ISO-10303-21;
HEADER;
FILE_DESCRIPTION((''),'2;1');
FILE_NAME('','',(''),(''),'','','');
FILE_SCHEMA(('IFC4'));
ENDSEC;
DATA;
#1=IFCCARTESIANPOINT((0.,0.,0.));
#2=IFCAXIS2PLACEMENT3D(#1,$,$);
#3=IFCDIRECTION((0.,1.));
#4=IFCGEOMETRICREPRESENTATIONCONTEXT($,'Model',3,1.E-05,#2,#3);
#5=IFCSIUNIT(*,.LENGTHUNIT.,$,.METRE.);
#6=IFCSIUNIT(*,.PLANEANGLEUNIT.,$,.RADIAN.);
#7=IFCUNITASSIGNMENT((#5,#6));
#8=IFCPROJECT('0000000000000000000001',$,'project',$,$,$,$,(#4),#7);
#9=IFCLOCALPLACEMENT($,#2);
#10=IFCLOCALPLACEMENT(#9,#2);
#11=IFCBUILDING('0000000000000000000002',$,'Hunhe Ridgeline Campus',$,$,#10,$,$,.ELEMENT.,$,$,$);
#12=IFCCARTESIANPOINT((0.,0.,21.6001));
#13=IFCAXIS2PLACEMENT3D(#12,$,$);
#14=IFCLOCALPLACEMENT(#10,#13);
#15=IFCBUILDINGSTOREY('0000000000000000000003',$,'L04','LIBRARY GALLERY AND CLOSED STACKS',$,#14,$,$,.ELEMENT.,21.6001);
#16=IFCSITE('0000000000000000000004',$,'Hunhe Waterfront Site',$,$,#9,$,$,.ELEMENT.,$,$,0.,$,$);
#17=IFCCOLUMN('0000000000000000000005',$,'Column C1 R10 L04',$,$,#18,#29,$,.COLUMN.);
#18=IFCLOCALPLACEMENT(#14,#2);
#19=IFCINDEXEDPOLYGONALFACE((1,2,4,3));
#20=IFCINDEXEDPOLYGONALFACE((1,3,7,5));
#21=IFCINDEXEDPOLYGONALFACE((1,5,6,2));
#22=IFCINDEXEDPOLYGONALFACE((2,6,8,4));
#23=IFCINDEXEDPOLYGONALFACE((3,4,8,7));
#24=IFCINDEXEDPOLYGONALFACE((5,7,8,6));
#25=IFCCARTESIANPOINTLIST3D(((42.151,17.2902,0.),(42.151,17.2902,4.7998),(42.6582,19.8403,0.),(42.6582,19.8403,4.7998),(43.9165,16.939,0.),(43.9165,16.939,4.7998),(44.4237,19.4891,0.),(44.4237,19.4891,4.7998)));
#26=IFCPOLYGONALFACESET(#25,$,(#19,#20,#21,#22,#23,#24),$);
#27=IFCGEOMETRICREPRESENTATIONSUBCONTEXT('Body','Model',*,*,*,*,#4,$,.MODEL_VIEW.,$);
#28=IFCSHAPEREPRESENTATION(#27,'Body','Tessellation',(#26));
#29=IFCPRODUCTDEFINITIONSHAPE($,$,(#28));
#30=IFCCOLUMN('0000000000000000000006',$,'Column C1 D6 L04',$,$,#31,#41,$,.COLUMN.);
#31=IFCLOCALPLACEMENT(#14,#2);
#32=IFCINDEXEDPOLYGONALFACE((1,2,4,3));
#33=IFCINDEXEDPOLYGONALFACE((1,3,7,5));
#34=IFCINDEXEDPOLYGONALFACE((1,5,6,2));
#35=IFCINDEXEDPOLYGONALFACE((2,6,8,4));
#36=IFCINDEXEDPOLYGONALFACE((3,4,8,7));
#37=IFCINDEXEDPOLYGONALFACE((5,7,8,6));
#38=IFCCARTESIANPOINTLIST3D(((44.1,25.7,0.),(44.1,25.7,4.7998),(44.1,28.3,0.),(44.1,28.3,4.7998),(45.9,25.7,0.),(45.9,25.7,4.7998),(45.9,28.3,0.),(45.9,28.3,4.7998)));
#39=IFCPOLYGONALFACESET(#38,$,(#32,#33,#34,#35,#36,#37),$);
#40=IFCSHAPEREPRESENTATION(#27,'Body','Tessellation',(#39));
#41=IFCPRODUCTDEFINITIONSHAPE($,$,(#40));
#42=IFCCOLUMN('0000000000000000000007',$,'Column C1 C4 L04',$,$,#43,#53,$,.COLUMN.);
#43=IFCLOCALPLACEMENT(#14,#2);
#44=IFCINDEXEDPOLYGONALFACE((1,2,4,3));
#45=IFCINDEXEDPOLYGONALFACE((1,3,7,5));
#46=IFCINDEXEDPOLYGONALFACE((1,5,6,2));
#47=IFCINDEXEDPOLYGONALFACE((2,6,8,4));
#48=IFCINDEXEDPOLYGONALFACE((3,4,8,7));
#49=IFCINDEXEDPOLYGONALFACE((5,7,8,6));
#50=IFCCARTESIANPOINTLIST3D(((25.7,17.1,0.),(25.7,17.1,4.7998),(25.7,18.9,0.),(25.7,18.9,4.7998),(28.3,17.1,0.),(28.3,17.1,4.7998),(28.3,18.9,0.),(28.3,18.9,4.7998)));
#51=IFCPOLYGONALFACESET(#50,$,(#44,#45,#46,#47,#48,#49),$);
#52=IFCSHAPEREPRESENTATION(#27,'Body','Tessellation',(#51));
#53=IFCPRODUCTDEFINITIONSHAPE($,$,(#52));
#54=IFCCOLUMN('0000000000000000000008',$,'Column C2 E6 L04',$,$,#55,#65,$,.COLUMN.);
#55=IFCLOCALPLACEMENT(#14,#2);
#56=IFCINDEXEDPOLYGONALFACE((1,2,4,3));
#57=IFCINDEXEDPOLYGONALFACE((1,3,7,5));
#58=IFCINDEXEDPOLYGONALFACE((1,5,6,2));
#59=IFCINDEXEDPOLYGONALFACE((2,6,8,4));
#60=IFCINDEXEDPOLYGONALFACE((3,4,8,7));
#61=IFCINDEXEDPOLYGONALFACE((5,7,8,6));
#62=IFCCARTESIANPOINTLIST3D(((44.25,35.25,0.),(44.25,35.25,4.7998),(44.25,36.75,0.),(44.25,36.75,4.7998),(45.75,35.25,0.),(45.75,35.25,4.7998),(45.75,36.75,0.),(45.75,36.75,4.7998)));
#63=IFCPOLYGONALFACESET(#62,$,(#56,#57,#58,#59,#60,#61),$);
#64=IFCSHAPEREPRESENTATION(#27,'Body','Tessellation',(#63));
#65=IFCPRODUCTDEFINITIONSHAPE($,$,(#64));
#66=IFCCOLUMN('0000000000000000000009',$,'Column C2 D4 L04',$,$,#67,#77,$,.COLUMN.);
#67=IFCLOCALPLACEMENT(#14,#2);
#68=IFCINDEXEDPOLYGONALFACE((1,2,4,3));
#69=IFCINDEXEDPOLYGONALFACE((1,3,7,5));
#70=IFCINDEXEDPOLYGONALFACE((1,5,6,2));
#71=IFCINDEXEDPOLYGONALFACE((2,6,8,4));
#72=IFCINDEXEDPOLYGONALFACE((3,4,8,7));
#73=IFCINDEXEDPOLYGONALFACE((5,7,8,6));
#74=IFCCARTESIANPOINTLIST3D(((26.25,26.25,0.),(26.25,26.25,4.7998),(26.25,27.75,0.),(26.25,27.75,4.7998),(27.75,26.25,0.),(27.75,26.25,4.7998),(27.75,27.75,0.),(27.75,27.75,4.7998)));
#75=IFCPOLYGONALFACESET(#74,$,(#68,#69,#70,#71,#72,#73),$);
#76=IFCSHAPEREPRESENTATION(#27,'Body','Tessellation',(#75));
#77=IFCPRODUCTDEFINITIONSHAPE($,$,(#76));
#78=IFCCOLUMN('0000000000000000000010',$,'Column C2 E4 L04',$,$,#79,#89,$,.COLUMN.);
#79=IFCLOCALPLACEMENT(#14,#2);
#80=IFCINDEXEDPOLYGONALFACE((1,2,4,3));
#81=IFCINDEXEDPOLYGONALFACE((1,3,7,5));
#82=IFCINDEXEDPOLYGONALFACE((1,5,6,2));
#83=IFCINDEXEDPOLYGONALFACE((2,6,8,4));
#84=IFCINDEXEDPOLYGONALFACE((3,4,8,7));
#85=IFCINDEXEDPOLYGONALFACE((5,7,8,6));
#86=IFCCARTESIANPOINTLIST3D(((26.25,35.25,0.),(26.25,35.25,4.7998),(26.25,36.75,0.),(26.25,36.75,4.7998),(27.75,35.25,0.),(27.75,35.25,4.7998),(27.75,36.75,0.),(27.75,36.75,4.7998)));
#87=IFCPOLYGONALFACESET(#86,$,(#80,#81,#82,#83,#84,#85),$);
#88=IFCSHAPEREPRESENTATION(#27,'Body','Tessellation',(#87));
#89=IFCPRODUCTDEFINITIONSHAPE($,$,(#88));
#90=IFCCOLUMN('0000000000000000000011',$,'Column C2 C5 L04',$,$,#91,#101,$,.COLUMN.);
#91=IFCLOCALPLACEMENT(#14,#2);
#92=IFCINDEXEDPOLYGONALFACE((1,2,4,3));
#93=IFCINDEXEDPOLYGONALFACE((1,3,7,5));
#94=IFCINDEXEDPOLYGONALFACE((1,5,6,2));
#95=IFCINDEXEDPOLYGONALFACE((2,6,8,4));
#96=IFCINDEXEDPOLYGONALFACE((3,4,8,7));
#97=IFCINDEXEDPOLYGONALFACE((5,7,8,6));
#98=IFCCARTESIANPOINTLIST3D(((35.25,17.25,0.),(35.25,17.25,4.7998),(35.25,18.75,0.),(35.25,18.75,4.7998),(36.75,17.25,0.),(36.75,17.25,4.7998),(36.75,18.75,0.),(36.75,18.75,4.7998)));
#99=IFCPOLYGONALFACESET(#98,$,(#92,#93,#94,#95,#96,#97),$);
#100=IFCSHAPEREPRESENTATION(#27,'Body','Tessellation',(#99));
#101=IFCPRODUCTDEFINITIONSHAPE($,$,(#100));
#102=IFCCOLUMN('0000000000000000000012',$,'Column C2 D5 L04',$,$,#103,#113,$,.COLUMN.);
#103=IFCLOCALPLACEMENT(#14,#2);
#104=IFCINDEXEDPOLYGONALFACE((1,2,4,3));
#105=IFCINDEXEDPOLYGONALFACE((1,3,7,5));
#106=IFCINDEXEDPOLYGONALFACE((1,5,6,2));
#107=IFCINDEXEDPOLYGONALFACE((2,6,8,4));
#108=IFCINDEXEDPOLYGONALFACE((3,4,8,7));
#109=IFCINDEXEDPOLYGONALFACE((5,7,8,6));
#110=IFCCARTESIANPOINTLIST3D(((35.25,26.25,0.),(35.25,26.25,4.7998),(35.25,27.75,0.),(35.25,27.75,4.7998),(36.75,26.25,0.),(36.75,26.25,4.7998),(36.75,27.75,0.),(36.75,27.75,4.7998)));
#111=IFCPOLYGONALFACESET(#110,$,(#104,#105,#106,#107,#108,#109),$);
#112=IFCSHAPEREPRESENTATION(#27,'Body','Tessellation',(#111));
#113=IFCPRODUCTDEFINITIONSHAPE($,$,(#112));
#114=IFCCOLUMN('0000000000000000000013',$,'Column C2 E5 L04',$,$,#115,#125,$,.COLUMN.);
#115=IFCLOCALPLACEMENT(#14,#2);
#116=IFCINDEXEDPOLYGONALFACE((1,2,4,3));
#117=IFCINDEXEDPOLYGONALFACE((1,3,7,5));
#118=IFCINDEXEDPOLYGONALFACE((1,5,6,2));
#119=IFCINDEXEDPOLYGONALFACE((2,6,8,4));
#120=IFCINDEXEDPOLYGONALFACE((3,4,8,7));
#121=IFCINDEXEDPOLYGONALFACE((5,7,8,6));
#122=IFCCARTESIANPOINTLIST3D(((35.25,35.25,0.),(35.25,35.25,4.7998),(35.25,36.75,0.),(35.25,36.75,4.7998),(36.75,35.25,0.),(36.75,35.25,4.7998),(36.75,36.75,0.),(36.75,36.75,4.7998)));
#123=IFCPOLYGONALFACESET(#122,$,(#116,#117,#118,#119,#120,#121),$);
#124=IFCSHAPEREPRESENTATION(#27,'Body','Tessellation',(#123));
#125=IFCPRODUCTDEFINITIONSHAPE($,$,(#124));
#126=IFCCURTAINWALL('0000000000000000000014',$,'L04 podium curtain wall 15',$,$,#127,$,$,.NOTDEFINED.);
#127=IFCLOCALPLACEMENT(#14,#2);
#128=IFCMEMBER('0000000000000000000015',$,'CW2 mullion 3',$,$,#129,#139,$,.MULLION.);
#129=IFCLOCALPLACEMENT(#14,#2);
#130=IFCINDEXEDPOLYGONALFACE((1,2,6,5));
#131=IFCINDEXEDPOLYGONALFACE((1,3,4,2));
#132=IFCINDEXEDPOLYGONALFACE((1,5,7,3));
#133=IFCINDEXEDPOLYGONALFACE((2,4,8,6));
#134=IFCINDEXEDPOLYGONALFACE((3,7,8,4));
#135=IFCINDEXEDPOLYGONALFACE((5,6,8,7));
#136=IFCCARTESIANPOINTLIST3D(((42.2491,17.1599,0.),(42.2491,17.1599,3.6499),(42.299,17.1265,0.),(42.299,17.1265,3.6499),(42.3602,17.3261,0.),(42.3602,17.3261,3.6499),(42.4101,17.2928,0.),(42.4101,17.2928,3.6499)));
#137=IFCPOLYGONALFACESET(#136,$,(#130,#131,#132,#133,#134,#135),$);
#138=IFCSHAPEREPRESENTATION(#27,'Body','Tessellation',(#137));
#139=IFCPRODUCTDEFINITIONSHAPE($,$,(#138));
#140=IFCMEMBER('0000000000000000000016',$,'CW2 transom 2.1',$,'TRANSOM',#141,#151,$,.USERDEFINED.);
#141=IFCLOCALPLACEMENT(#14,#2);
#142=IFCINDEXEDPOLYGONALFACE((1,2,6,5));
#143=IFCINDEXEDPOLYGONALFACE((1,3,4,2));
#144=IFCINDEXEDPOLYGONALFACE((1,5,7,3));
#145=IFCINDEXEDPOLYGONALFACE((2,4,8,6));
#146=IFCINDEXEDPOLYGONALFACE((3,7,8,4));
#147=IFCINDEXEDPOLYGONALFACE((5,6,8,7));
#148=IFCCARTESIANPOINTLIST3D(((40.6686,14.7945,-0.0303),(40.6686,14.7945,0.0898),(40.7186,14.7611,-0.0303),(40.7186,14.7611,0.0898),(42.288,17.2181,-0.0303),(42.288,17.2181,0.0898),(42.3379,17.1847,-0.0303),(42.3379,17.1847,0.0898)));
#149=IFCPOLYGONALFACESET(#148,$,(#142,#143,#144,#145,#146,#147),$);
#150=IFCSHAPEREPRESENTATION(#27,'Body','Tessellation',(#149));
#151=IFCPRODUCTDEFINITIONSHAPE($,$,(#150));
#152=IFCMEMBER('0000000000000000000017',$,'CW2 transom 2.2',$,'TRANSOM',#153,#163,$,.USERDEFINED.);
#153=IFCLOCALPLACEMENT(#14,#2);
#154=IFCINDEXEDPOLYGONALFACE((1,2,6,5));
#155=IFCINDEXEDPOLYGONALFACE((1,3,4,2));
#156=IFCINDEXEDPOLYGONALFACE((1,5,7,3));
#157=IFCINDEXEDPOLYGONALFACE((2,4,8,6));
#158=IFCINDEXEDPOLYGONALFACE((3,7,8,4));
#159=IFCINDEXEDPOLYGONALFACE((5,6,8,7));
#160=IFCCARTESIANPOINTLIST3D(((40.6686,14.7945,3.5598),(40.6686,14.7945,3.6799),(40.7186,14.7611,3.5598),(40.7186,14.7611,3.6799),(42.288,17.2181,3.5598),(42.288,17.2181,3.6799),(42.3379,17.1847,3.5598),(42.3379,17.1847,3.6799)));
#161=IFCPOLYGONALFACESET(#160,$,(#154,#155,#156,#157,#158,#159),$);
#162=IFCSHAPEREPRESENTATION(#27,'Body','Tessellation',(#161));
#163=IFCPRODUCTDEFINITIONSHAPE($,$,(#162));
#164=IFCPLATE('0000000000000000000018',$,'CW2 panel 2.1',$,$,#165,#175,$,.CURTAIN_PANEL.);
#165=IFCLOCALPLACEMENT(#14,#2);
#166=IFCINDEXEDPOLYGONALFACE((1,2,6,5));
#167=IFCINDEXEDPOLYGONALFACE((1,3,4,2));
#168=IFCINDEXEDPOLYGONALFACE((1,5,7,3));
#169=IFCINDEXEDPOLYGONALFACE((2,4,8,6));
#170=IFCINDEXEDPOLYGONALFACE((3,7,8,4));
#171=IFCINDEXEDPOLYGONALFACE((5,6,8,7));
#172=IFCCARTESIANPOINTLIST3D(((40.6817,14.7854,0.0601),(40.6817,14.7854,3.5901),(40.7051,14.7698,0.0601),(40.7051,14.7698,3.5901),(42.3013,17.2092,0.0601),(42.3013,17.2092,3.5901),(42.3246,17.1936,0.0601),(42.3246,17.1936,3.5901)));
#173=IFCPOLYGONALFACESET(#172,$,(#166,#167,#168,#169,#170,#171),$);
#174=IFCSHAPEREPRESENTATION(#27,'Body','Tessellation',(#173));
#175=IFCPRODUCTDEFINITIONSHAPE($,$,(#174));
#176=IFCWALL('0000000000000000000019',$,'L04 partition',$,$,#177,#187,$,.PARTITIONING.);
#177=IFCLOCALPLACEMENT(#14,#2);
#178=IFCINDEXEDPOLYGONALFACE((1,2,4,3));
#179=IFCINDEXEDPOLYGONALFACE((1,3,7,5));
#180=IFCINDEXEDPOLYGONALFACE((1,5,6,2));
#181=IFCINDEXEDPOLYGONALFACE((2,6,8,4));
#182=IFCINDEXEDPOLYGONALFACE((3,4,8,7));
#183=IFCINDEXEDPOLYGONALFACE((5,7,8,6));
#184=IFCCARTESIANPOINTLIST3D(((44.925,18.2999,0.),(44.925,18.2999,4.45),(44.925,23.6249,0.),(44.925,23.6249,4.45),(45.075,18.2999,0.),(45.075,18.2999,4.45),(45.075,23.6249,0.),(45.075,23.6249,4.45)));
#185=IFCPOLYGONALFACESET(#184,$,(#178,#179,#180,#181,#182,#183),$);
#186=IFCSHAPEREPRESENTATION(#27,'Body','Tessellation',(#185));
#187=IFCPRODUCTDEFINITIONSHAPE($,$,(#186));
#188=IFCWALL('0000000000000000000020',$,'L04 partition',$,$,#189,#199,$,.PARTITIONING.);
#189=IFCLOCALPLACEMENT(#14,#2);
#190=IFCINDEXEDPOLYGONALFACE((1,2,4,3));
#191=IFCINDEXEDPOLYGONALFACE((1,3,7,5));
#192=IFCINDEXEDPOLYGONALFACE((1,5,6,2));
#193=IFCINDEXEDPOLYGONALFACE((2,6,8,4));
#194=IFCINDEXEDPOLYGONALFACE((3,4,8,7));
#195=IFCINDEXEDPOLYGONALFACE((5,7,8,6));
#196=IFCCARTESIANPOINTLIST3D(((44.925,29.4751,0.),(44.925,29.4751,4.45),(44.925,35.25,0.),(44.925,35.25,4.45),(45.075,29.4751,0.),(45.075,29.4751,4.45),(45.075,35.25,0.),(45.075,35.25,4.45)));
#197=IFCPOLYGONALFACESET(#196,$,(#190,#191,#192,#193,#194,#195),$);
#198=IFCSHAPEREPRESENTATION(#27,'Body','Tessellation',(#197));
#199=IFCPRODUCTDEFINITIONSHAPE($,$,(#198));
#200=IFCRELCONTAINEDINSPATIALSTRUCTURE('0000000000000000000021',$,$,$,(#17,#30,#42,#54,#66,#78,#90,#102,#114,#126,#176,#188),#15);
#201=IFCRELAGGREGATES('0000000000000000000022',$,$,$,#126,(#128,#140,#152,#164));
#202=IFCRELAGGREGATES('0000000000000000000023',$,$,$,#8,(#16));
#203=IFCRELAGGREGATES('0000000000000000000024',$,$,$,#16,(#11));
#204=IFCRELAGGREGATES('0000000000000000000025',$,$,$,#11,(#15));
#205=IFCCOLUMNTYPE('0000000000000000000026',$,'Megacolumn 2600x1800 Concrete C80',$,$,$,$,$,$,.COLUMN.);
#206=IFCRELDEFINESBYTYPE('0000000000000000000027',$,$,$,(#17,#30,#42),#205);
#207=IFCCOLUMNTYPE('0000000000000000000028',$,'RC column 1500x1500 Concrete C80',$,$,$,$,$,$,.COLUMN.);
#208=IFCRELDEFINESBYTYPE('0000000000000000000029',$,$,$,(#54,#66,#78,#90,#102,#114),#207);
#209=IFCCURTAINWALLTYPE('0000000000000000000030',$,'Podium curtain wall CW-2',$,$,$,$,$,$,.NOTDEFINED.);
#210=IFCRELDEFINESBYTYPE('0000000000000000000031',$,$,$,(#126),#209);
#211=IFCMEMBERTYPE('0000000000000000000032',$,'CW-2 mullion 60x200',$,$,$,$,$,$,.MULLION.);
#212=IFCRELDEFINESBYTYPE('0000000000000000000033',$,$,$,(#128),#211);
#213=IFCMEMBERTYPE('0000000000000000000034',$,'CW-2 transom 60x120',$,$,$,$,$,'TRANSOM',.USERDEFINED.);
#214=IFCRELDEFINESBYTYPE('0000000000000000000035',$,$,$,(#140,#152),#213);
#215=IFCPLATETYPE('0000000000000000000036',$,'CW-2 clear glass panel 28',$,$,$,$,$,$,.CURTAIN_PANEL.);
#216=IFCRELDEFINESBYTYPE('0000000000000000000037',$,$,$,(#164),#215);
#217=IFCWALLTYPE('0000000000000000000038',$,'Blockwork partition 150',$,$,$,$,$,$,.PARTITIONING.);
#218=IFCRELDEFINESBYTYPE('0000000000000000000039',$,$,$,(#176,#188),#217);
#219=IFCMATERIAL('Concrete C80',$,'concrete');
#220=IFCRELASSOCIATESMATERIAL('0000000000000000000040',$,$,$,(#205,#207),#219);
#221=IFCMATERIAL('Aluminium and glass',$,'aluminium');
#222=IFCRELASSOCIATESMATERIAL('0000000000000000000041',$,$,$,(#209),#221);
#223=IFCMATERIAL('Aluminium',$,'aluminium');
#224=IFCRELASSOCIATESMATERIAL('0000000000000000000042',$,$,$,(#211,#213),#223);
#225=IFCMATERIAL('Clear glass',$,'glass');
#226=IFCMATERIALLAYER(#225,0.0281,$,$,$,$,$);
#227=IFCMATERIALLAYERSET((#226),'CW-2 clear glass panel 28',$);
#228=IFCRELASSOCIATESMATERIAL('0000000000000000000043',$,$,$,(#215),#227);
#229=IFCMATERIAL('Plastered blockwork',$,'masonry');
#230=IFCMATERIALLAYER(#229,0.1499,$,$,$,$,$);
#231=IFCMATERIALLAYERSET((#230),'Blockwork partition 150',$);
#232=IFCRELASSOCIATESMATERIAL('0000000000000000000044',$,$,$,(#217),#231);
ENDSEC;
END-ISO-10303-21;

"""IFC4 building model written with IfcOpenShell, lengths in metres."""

from ifc_helpers import new_model, si_unit, direction, frame, frame_2d, origin, origin_2d, place, context, subcontext, project, spatial, rectangle, extrude, material, layer, layer_set, material_profile, profile_set, type_object, element, aggregate, save


model = new_model("IFC4")

# Units and contexts
model_context = context("Model", 3, precision=1e-05, world=origin(), true_north=direction((0.0, 1.0)))
body_context = subcontext(model_context, "Body", "Model", "MODEL_VIEW")
ifc_project = project(units=[si_unit("LENGTHUNIT", "METRE"), si_unit("PLANEANGLEUNIT", "RADIAN")], contexts=[model_context])

# Site, building, storey
site_placement = place(None, origin())
site = spatial("IfcSite", under=ifc_project, at=site_placement, Name="Hunhe Waterfront Site", CompositionType="ELEMENT", RefElevation=0.0)
building_placement = place(site_placement, origin())
building = spatial("IfcBuilding", under=site, at=building_placement, Name="Hunhe Ridgeline Campus", CompositionType="ELEMENT")
storey_placement = place(building_placement, frame((0.0, 0.0, 21.6001)))
storey = spatial("IfcBuildingStorey", under=building, at=storey_placement, Name="L04", Description="LIBRARY GALLERY AND CLOSED STACKS", CompositionType="ELEMENT", Elevation=21.6001)

# Columns
ifc_material_1 = material(Name="Concrete C80", Category="concrete")
ifc_material_profile_1 = material_profile(ifc_material_1, rectangle(XDim=2.6001, YDim=1.8, at=origin_2d()))
ifc_profile_set_1 = profile_set([ifc_material_profile_1], Name="Concrete C80")
column_type_1 = type_object("IfcColumnType", Name="Megacolumn 2600x1800 Concrete C80", PredefinedType="COLUMN", material=ifc_profile_set_1)
for number, where, z_axis, x_axis, name in (
    (1, (43.2874, 18.3896, 0.0), (0.0, 0.0, 1.0), (0.19509, 0.980785, 0.0), "Column C1 R10 L04"),
    (2, (45.0, 27.0, 0.0), (0.0, 0.0, 1.0), (0.0, 1.0, 0.0), "Column C1 D6 L04"),
    (3, (27.0, 18.0, 0.0), (0.0, 0.0, 1.0), (1.0, 0.0, 0.0), "Column C1 C4 L04"),
):
    element("IfcColumn", number, at=place(storey_placement, frame(where, z_axis=z_axis, x_axis=x_axis)), inside=storey, type_object=column_type_1, Name=name, PredefinedType="COLUMN", context=body_context, shape_type="SweptSolid", body=[
        extrude(rectangle(XDim=2.6001, YDim=1.8, at=origin_2d()), origin(), (0.0, 0.0, 1.0), 4.7998),
    ])
ifc_material_profile_2 = material_profile(ifc_material_1, rectangle(XDim=1.5, YDim=1.5, at=origin_2d()))
ifc_profile_set_2 = profile_set([ifc_material_profile_2], Name="Concrete C80")
column_type_2 = type_object("IfcColumnType", Name="RC column 1500x1500 Concrete C80", PredefinedType="COLUMN", material=ifc_profile_set_2)
for number, where, z_axis, x_axis, name in (
    (4, (45.0, 36.0, 0.0), (0.0, 0.0, 1.0), (1.0, 0.0, 0.0), "Column C2 E6 L04"),
    (5, (27.0, 27.0, 0.0), (0.0, 0.0, 1.0), (1.0, 0.0, 0.0), "Column C2 D4 L04"),
    (6, (27.0, 36.0, 0.0), (0.0, 0.0, 1.0), (1.0, 0.0, 0.0), "Column C2 E4 L04"),
    (7, (36.0, 18.0, 0.0), (0.0, 0.0, 1.0), (1.0, 0.0, 0.0), "Column C2 C5 L04"),
    (8, (36.0, 27.0, 0.0), (0.0, 0.0, 1.0), (1.0, 0.0, 0.0), "Column C2 D5 L04"),
    (9, (36.0, 36.0, 0.0), (0.0, 0.0, 1.0), (1.0, 0.0, 0.0), "Column C2 E5 L04"),
):
    element("IfcColumn", number, at=place(storey_placement, frame(where, z_axis=z_axis, x_axis=x_axis)), inside=storey, type_object=column_type_2, Name=name, PredefinedType="COLUMN", context=body_context, shape_type="SweptSolid", body=[
        extrude(rectangle(XDim=1.5, YDim=1.5, at=origin_2d()), origin(), (0.0, 0.0, 1.0), 4.7998),
    ])

# Curtain wall, members, plate
ifc_material_2 = material(Name="Aluminium and glass", Category="aluminium")
curtain_wall_type = type_object("IfcCurtainWallType", Name="Podium curtain wall CW-2", PredefinedType="NOTDEFINED", material=ifc_material_2)
curtain_wall_placement = place(storey_placement, origin())
curtain_wall = element("IfcCurtainWall", 10, at=curtain_wall_placement, inside=storey, type_object=curtain_wall_type, Name="L04 podium curtain wall 15", PredefinedType="NOTDEFINED")
ifc_material_3 = material(Name="Aluminium", Category="aluminium")
ifc_material_profile_3 = material_profile(ifc_material_3, rectangle(XDim=0.0601, YDim=0.2, at=origin_2d()))
ifc_profile_set_3 = profile_set([ifc_material_profile_3], Name="Aluminium")
member_type_1 = type_object("IfcMemberType", Name="CW-2 mullion 60x200", PredefinedType="MULLION", material=ifc_profile_set_3)
member_1_placement = place(storey_placement, frame((42.3296, 17.2263, 0.0), z_axis=(0.0, 0.0, 1.0), x_axis=(-0.831469, 0.555572, 0.0)))
member_1 = element("IfcMember", 11, at=member_1_placement, type_object=member_type_1, Name="CW2 mullion 3", PredefinedType="MULLION", context=body_context, shape_type="SweptSolid", body=[
    extrude(rectangle(XDim=0.0601, YDim=0.2, at=origin_2d()), origin(), (0.0, 0.0, 1.0), 3.6499),
])
ifc_material_profile_4 = material_profile(ifc_material_3, rectangle(XDim=0.0601, YDim=0.1201, at=origin_2d()))
ifc_profile_set_4 = profile_set([ifc_material_profile_4], Name="Aluminium")
member_type_2 = type_object("IfcMemberType", Name="CW-2 transom 60x120", ElementType="TRANSOM", PredefinedType="USERDEFINED", material=ifc_profile_set_4)
member_2_placement = place(storey_placement, frame((40.6936, 14.7778, 0.0298), z_axis=(0.55557, 0.83147, 0.0), x_axis=(-0.83147, 0.55557, 0.0)))
member_2 = element("IfcMember", 12, at=member_2_placement, type_object=member_type_2, Name="CW2 transom 2.1", ObjectType="TRANSOM", PredefinedType="USERDEFINED", context=body_context, shape_type="SweptSolid", body=[
    extrude(rectangle(XDim=0.0601, YDim=0.1201, at=origin_2d()), origin(), (0.0, 0.0, 1.0), 2.9148),
])
member_3_placement = place(storey_placement, frame((40.6936, 14.7778, 3.6199), z_axis=(0.55557, 0.83147, 0.0), x_axis=(-0.83147, 0.55557, 0.0)))
member_3 = element("IfcMember", 13, at=member_3_placement, type_object=member_type_2, Name="CW2 transom 2.2", ObjectType="TRANSOM", PredefinedType="USERDEFINED", context=body_context, shape_type="SweptSolid", body=[
    extrude(rectangle(XDim=0.0601, YDim=0.1201, at=origin_2d()), origin(), (0.0, 0.0, 1.0), 2.9148),
])
ifc_material_4 = material(Name="Clear glass", Category="glass")
ifc_layer_1 = layer(ifc_material_4, 0.0281)
ifc_layer_set_1 = layer_set([ifc_layer_1], Name="CW-2 clear glass panel 28")
plate_type = type_object("IfcPlateType", Name="CW-2 clear glass panel 28", PredefinedType="CURTAIN_PANEL", material=ifc_layer_set_1)
plate_placement = place(storey_placement, frame((41.5032, 15.9895, 0.0601), z_axis=(0.0, 0.0, 1.0), x_axis=(0.555572, 0.831469, 0.0)))
plate = element("IfcPlate", 14, at=plate_placement, type_object=plate_type, Name="CW2 panel 2.1", PredefinedType="CURTAIN_PANEL", context=body_context, shape_type="SweptSolid", body=[
    extrude(rectangle(XDim=2.915, YDim=0.0281, at=origin_2d()), origin(), (0.0, 0.0, 1.0), 3.53),
])
aggregate(curtain_wall, [member_1, member_2, member_3, plate])

# Walls
ifc_material_5 = material(Name="Plastered blockwork", Category="masonry")
ifc_layer_2 = layer(ifc_material_5, 0.1499)
ifc_layer_set_2 = layer_set([ifc_layer_2], Name="Blockwork partition 150")
wall_type_1 = type_object("IfcWallType", Name="Blockwork partition 150", PredefinedType="PARTITIONING", material=ifc_layer_set_2)
wall_1_placement = place(storey_placement, frame((45.0, 23.625, 0.0), z_axis=(0.0, 0.0, 1.0), x_axis=(0.0, -1.0, 0.0)))
element("IfcWall", 15, at=wall_1_placement, inside=storey, type_object=wall_type_1, Name="L04 partition", PredefinedType="PARTITIONING", context=body_context, shape_type="SweptSolid", body=[
    extrude(rectangle(XDim=5.325, YDim=0.1499, at=frame_2d((2.6626, 0.0))), origin(), (0.0, 0.0, 1.0), 4.45),
])
wall_2_placement = place(storey_placement, frame((45.0, 29.4751, 0.0), z_axis=(0.0, 0.0, 1.0), x_axis=(0.0, 1.0, 0.0)))
element("IfcWall", 16, at=wall_2_placement, inside=storey, type_object=wall_type_1, Name="L04 partition", PredefinedType="PARTITIONING", context=body_context, shape_type="SweptSolid", body=[
    extrude(rectangle(XDim=5.7749, YDim=0.1499, at=frame_2d((2.8875, 0.0))), origin(), (0.0, 0.0, 1.0), 4.45),
])

save(model, "model.ifc")
